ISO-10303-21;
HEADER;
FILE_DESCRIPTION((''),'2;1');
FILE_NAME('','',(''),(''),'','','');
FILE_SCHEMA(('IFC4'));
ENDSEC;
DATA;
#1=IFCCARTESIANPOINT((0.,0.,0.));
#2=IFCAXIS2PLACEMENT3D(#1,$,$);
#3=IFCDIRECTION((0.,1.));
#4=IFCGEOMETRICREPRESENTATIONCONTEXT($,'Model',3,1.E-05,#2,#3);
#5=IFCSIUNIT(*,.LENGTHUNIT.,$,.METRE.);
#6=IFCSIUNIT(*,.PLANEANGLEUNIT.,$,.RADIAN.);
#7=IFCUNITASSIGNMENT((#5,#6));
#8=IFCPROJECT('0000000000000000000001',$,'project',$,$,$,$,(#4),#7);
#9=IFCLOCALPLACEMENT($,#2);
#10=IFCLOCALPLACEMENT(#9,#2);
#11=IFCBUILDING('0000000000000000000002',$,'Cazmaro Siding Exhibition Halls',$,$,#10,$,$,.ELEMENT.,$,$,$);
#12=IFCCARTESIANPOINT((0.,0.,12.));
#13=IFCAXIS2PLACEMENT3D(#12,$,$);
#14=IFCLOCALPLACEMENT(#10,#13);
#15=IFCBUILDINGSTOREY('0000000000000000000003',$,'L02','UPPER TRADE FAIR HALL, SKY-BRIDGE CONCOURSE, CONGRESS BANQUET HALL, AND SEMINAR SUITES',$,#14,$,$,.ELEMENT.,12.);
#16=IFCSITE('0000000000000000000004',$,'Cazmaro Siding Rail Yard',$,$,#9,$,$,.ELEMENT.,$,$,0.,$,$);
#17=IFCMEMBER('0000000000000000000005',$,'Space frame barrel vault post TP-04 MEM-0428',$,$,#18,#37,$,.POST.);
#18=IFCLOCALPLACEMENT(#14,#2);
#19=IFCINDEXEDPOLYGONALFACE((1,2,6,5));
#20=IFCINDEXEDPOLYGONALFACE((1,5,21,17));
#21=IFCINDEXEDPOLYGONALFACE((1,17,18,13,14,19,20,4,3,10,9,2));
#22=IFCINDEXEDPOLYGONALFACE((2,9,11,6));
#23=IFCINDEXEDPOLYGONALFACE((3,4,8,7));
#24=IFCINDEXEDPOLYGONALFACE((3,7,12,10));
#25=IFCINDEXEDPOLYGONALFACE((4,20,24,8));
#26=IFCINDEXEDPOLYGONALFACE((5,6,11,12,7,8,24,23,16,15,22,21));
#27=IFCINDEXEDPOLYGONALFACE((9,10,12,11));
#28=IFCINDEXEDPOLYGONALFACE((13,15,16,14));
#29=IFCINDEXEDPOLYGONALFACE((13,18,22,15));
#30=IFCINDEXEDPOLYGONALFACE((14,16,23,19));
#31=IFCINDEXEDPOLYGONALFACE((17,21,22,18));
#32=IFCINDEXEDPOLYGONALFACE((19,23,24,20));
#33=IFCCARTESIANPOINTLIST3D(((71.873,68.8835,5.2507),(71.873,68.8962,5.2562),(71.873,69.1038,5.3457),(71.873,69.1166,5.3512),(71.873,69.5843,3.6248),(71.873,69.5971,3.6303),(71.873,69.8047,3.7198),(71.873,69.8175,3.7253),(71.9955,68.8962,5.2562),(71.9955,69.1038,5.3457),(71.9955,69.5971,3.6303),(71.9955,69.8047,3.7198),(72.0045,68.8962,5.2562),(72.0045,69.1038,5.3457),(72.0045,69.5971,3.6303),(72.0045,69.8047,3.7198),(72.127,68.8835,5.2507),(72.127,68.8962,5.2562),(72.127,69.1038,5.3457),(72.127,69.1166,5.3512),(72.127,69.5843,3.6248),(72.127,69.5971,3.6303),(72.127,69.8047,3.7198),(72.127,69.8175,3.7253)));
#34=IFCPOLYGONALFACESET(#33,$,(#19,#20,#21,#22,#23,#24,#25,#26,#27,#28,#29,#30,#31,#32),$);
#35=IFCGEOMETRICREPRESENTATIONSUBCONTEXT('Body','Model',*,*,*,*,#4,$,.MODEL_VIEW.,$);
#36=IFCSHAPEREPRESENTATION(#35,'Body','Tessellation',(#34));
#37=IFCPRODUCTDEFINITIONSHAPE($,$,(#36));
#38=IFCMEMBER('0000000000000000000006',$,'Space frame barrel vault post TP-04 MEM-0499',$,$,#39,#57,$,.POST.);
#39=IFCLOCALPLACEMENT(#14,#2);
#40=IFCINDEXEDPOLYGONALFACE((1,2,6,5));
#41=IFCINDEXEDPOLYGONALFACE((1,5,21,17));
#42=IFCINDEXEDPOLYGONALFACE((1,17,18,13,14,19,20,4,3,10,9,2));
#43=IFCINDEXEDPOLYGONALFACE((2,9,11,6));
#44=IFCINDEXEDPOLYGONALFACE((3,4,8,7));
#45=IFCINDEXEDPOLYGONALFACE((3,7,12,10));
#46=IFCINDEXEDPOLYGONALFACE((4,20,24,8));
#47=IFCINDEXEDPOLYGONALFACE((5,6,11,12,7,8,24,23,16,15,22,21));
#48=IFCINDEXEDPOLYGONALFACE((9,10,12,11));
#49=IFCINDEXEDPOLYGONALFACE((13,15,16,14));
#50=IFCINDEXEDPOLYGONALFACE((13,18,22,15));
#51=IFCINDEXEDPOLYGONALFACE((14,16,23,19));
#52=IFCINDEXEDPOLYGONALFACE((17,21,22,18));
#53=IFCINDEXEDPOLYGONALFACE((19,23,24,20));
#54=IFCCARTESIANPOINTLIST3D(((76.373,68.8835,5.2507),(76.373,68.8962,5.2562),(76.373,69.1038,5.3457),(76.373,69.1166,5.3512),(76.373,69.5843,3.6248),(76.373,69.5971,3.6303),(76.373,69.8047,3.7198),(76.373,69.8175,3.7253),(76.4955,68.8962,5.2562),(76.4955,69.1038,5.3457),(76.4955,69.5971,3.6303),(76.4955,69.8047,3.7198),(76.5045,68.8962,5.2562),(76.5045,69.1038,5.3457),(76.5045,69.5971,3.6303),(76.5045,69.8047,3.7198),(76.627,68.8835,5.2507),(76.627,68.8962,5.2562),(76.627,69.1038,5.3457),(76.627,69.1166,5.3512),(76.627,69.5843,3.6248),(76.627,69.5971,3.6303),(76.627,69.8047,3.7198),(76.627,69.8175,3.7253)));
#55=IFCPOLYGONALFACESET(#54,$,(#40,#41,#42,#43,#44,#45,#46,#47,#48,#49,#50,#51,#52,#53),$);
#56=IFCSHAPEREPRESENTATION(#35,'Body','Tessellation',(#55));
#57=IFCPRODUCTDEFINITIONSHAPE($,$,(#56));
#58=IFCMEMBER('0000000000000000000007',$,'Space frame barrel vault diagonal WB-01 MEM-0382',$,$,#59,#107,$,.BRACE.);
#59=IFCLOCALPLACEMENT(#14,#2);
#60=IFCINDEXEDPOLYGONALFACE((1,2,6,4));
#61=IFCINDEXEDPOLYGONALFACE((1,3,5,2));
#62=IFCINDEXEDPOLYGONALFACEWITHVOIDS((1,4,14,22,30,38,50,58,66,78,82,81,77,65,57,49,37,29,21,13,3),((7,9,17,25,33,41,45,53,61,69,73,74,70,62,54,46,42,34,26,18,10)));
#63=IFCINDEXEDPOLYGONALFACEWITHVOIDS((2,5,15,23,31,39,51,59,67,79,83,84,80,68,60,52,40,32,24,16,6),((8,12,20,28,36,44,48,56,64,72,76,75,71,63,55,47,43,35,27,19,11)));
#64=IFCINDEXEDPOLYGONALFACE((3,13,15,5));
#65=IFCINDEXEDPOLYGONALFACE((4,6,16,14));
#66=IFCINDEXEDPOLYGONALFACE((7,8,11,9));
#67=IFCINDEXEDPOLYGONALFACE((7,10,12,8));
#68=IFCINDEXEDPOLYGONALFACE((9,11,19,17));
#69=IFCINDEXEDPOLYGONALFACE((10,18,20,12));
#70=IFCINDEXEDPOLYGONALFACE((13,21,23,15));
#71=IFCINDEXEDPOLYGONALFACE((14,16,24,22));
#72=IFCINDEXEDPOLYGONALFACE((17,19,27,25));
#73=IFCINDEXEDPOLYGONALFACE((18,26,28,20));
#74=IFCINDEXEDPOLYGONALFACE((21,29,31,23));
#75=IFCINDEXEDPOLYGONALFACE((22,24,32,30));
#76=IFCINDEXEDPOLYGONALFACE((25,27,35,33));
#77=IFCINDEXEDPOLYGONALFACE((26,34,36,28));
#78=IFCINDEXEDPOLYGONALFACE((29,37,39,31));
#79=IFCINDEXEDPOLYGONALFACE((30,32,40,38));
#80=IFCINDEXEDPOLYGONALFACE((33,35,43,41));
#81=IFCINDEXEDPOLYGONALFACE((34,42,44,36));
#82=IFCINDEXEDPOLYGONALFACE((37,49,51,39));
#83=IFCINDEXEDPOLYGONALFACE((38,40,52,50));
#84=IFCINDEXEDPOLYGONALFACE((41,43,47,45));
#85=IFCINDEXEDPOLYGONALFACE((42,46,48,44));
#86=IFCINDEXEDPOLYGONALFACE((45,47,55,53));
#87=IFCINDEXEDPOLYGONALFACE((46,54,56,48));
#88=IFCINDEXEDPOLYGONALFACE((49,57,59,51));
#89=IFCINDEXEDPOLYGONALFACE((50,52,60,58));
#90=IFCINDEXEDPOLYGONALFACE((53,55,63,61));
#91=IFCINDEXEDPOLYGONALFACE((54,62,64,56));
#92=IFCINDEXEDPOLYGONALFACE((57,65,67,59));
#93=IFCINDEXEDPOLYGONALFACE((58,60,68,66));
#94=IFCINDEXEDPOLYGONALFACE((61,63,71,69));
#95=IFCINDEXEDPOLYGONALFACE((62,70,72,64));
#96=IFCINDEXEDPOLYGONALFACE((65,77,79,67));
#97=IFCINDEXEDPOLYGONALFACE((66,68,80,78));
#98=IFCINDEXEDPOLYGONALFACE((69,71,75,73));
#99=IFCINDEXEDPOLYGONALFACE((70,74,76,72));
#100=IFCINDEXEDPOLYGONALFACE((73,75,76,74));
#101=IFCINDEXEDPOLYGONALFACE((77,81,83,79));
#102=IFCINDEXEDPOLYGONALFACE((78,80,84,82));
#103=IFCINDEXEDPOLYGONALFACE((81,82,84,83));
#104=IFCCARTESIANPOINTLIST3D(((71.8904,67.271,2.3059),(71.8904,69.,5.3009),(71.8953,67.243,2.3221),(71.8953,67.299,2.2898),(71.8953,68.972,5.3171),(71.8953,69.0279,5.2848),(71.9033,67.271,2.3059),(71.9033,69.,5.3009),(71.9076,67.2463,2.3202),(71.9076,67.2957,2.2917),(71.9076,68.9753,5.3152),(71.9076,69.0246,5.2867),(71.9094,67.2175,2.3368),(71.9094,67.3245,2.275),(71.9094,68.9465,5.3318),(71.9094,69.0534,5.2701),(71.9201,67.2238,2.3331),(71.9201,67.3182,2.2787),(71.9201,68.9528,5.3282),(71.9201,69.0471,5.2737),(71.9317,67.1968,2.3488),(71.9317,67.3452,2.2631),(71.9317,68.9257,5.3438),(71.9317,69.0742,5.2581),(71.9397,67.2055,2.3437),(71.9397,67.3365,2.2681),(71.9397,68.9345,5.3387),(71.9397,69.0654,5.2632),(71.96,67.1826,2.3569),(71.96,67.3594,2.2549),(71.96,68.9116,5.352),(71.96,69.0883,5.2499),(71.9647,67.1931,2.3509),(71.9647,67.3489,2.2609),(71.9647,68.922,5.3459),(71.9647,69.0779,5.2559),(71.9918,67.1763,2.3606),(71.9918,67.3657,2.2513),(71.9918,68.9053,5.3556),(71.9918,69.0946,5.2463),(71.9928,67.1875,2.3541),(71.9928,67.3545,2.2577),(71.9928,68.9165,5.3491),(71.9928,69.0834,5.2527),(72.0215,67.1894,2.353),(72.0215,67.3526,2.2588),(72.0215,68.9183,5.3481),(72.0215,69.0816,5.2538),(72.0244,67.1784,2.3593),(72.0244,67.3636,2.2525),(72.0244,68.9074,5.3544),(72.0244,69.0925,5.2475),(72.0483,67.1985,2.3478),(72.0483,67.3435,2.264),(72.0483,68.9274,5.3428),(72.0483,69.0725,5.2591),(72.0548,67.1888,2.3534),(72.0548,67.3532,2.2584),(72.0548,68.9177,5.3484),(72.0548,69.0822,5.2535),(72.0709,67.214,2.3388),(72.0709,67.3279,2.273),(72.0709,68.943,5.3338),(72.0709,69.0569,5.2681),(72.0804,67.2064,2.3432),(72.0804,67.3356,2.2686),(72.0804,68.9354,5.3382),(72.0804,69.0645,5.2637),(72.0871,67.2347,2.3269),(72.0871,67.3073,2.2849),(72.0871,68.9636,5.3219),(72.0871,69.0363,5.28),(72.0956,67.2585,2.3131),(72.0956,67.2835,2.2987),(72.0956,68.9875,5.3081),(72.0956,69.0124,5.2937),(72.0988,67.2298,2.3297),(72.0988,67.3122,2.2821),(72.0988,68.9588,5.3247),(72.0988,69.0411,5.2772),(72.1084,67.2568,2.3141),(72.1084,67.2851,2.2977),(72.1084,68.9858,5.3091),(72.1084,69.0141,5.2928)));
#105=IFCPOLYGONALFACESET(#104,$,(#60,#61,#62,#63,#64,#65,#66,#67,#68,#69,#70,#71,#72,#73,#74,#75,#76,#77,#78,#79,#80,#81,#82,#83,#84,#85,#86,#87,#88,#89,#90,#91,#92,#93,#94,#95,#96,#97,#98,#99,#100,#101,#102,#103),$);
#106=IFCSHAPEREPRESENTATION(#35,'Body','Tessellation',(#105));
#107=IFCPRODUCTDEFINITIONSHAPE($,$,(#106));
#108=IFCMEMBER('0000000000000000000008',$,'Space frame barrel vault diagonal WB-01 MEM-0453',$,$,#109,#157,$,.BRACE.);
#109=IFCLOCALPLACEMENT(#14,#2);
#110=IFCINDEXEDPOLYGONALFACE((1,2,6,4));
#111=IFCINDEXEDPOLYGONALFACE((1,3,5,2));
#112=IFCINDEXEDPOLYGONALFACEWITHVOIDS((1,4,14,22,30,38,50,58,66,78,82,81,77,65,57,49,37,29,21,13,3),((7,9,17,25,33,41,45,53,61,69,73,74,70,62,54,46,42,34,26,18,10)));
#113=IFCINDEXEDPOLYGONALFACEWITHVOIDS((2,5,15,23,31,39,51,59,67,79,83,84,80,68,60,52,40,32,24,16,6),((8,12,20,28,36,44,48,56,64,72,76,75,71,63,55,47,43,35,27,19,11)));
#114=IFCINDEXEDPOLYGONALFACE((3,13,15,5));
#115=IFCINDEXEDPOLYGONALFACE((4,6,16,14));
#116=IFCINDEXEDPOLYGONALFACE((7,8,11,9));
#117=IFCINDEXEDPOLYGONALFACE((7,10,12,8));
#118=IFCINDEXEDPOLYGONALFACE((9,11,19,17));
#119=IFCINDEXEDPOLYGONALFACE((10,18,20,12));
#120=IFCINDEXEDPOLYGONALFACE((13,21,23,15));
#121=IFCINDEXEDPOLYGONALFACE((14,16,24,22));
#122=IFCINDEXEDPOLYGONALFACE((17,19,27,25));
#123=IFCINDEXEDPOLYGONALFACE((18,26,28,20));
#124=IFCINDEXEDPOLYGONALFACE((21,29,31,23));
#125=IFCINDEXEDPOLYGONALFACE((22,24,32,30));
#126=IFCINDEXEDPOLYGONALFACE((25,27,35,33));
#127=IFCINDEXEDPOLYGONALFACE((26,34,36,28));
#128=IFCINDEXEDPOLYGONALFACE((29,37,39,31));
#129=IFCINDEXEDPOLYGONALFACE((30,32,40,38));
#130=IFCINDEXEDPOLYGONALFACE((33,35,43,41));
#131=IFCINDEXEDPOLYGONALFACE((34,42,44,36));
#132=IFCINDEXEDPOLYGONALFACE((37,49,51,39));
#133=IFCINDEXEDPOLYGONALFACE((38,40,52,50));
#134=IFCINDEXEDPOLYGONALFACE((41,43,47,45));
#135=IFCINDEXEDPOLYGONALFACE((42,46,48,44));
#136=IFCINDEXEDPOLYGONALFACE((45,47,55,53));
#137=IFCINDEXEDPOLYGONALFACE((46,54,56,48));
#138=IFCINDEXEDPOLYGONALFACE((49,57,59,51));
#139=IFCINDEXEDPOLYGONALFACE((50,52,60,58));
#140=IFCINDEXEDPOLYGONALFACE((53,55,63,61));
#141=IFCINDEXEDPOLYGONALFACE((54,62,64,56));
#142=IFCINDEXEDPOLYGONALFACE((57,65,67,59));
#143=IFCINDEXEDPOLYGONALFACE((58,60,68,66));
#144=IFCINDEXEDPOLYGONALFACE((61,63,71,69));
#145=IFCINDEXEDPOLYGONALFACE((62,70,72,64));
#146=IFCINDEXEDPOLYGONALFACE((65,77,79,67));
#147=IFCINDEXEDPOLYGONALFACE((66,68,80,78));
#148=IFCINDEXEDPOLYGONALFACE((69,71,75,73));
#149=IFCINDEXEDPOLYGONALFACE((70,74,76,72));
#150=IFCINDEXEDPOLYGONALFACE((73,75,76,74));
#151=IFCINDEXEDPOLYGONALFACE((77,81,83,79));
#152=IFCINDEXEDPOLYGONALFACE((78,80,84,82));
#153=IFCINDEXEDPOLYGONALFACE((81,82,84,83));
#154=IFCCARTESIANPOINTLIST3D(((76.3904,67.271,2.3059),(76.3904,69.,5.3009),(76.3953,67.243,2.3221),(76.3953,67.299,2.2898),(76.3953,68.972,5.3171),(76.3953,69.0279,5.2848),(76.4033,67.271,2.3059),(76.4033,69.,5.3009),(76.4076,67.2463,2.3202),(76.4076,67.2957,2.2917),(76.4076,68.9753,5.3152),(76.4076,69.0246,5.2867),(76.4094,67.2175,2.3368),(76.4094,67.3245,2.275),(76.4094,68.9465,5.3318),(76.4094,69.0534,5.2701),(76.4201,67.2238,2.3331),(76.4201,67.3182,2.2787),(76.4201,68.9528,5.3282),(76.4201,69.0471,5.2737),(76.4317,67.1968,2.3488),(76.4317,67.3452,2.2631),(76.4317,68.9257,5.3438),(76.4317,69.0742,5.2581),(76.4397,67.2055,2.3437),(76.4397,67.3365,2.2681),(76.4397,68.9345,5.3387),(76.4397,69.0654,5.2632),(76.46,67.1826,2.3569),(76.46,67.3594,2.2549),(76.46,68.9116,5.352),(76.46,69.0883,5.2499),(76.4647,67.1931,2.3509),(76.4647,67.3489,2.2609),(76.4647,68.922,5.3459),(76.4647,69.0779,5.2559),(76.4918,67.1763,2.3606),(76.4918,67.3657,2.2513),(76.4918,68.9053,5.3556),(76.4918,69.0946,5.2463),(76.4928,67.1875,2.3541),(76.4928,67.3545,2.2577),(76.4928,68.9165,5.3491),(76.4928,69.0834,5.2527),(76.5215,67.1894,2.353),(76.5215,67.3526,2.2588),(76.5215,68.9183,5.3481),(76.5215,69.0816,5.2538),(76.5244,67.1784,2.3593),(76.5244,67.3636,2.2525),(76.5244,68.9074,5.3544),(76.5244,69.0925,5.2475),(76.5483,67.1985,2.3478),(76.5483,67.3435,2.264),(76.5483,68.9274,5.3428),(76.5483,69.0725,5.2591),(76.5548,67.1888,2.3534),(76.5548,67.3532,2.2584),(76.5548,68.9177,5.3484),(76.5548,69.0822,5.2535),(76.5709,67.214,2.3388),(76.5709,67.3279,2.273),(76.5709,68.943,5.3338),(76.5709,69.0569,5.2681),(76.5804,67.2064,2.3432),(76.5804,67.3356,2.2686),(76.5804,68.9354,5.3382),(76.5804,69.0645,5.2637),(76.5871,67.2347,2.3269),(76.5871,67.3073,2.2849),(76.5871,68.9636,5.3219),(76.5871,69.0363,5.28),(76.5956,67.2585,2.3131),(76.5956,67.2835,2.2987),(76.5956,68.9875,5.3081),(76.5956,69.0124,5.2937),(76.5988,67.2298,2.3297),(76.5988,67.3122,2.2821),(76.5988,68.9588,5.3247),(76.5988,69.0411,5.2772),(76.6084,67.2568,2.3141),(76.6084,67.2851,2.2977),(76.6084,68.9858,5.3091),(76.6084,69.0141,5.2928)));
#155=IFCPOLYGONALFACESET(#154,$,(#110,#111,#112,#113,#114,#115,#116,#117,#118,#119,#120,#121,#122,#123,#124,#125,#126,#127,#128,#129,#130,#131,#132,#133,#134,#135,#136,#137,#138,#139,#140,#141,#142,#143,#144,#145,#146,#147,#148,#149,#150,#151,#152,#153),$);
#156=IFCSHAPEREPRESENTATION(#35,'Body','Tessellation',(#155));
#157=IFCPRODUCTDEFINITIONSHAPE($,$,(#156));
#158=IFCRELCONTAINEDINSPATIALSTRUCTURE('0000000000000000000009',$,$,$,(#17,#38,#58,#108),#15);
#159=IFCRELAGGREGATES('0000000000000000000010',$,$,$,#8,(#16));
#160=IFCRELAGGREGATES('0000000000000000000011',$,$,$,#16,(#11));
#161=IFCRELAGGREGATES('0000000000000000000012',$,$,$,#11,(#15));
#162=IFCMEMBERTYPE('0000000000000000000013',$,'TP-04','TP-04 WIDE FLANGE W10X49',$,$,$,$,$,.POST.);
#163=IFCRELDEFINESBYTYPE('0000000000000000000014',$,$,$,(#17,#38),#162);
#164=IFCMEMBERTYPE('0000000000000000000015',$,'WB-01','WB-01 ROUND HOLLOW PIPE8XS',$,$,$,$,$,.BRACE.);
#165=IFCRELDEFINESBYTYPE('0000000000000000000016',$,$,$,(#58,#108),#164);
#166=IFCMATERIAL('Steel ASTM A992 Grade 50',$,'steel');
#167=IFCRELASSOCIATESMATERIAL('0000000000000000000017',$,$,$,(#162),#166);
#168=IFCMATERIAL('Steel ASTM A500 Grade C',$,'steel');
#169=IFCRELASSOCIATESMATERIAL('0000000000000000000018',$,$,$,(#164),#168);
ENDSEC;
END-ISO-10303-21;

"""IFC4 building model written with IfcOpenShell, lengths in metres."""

from ifc_helpers import new_model, si_unit, direction, frame, origin, origin_2d, place, context, subcontext, project, spatial, hollow_circle, i_section, extrude, material, material_profile, profile_set, type_object, element, save


model = new_model("IFC4")

# Units and contexts
model_context = context("Model", 3, precision=1e-05, world=origin(), true_north=direction((0.0, 1.0)))
body_context = subcontext(model_context, "Body", "Model", "MODEL_VIEW")
ifc_project = project(units=[si_unit("LENGTHUNIT", "METRE"), si_unit("PLANEANGLEUNIT", "RADIAN")], contexts=[model_context])

# Site, building, storey
site_placement = place(None, origin())
site = spatial("IfcSite", under=ifc_project, at=site_placement, Name="Cazmaro Siding Rail Yard", CompositionType="ELEMENT", RefElevation=0.0)
building_placement = place(site_placement, origin())
building = spatial("IfcBuilding", under=site, at=building_placement, Name="Cazmaro Siding Exhibition Halls", CompositionType="ELEMENT")
storey_placement = place(building_placement, frame((0.0, 0.0, 12.0)))
storey = spatial("IfcBuildingStorey", under=building, at=storey_placement, Name="L02", Description="UPPER TRADE FAIR HALL, SKY-BRIDGE CONCOURSE, CONGRESS BANQUET HALL, AND SEMINAR SUITES", CompositionType="ELEMENT", Elevation=12.0)

# Members
ifc_material_1 = material(Name="Steel ASTM A992 Grade 50", Category="steel")
ifc_material_profile_1 = material_profile(ifc_material_1, i_section(OverallWidth=0.2539, OverallDepth=0.2539, WebThickness=0.009, FlangeThickness=0.0139, at=origin_2d()), Name="W10X49")
ifc_profile_set_1 = profile_set([ifc_material_profile_1], Name="Steel ASTM A992 Grade 50")
member_type_1 = type_object("IfcMemberType", Name="TP-04", Description="TP-04 WIDE FLANGE W10X49", PredefinedType="POST", material=ifc_profile_set_1)
for number, where, z_axis, x_axis, name in (
    (1, (72.0, 69.7009, 3.675), (0.0, -0.395865, 0.918309), (1.0, 0.0, 0.0), "Space frame barrel vault post TP-04 MEM-0428"),
    (2, (76.5, 69.7009, 3.675), (0.0, -0.395865, 0.918309), (1.0, 0.0, 0.0), "Space frame barrel vault post TP-04 MEM-0499"),
):
    element("IfcMember", number, at=place(storey_placement, frame(where, z_axis=z_axis, x_axis=x_axis)), inside=storey, type_object=member_type_1, Name=name, PredefinedType="POST", context=body_context, shape_type="SweptSolid", body=[
        extrude(i_section(OverallWidth=0.2539, OverallDepth=0.2539, WebThickness=0.009, FlangeThickness=0.0139, at=origin_2d()), origin(), (0.0, 0.0, 1.0), 1.7705),
    ])
ifc_material_2 = material(Name="Steel ASTM A500 Grade C", Category="steel")
ifc_material_profile_2 = material_profile(ifc_material_2, hollow_circle(Radius=0.1096, WallThickness=0.0129, at=origin_2d()), Name="PIPE8XS")
ifc_profile_set_2 = profile_set([ifc_material_profile_2], Name="Steel ASTM A500 Grade C")
member_type_2 = type_object("IfcMemberType", Name="WB-01", Description="WB-01 ROUND HOLLOW PIPE8XS", PredefinedType="BRACE", material=ifc_profile_set_2)
for number, where, z_axis, x_axis, name in (
    (3, (72.0, 67.271, 2.3059), (0.0, 0.499951, 0.866054), (-1.0, 0.0, 0.0), "Space frame barrel vault diagonal WB-01 MEM-0382"),
    (4, (76.5, 67.271, 2.3059), (0.0, 0.499951, 0.866054), (-1.0, 0.0, 0.0), "Space frame barrel vault diagonal WB-01 MEM-0453"),
):
    element("IfcMember", number, at=place(storey_placement, frame(where, z_axis=z_axis, x_axis=x_axis)), inside=storey, type_object=member_type_2, Name=name, PredefinedType="BRACE", context=body_context, shape_type="SweptSolid", body=[
        extrude(hollow_circle(Radius=0.1096, WallThickness=0.0129, at=origin_2d()), origin(), (0.0, 0.0, 1.0), 3.4583),
    ])

save(model, "model.ifc")
